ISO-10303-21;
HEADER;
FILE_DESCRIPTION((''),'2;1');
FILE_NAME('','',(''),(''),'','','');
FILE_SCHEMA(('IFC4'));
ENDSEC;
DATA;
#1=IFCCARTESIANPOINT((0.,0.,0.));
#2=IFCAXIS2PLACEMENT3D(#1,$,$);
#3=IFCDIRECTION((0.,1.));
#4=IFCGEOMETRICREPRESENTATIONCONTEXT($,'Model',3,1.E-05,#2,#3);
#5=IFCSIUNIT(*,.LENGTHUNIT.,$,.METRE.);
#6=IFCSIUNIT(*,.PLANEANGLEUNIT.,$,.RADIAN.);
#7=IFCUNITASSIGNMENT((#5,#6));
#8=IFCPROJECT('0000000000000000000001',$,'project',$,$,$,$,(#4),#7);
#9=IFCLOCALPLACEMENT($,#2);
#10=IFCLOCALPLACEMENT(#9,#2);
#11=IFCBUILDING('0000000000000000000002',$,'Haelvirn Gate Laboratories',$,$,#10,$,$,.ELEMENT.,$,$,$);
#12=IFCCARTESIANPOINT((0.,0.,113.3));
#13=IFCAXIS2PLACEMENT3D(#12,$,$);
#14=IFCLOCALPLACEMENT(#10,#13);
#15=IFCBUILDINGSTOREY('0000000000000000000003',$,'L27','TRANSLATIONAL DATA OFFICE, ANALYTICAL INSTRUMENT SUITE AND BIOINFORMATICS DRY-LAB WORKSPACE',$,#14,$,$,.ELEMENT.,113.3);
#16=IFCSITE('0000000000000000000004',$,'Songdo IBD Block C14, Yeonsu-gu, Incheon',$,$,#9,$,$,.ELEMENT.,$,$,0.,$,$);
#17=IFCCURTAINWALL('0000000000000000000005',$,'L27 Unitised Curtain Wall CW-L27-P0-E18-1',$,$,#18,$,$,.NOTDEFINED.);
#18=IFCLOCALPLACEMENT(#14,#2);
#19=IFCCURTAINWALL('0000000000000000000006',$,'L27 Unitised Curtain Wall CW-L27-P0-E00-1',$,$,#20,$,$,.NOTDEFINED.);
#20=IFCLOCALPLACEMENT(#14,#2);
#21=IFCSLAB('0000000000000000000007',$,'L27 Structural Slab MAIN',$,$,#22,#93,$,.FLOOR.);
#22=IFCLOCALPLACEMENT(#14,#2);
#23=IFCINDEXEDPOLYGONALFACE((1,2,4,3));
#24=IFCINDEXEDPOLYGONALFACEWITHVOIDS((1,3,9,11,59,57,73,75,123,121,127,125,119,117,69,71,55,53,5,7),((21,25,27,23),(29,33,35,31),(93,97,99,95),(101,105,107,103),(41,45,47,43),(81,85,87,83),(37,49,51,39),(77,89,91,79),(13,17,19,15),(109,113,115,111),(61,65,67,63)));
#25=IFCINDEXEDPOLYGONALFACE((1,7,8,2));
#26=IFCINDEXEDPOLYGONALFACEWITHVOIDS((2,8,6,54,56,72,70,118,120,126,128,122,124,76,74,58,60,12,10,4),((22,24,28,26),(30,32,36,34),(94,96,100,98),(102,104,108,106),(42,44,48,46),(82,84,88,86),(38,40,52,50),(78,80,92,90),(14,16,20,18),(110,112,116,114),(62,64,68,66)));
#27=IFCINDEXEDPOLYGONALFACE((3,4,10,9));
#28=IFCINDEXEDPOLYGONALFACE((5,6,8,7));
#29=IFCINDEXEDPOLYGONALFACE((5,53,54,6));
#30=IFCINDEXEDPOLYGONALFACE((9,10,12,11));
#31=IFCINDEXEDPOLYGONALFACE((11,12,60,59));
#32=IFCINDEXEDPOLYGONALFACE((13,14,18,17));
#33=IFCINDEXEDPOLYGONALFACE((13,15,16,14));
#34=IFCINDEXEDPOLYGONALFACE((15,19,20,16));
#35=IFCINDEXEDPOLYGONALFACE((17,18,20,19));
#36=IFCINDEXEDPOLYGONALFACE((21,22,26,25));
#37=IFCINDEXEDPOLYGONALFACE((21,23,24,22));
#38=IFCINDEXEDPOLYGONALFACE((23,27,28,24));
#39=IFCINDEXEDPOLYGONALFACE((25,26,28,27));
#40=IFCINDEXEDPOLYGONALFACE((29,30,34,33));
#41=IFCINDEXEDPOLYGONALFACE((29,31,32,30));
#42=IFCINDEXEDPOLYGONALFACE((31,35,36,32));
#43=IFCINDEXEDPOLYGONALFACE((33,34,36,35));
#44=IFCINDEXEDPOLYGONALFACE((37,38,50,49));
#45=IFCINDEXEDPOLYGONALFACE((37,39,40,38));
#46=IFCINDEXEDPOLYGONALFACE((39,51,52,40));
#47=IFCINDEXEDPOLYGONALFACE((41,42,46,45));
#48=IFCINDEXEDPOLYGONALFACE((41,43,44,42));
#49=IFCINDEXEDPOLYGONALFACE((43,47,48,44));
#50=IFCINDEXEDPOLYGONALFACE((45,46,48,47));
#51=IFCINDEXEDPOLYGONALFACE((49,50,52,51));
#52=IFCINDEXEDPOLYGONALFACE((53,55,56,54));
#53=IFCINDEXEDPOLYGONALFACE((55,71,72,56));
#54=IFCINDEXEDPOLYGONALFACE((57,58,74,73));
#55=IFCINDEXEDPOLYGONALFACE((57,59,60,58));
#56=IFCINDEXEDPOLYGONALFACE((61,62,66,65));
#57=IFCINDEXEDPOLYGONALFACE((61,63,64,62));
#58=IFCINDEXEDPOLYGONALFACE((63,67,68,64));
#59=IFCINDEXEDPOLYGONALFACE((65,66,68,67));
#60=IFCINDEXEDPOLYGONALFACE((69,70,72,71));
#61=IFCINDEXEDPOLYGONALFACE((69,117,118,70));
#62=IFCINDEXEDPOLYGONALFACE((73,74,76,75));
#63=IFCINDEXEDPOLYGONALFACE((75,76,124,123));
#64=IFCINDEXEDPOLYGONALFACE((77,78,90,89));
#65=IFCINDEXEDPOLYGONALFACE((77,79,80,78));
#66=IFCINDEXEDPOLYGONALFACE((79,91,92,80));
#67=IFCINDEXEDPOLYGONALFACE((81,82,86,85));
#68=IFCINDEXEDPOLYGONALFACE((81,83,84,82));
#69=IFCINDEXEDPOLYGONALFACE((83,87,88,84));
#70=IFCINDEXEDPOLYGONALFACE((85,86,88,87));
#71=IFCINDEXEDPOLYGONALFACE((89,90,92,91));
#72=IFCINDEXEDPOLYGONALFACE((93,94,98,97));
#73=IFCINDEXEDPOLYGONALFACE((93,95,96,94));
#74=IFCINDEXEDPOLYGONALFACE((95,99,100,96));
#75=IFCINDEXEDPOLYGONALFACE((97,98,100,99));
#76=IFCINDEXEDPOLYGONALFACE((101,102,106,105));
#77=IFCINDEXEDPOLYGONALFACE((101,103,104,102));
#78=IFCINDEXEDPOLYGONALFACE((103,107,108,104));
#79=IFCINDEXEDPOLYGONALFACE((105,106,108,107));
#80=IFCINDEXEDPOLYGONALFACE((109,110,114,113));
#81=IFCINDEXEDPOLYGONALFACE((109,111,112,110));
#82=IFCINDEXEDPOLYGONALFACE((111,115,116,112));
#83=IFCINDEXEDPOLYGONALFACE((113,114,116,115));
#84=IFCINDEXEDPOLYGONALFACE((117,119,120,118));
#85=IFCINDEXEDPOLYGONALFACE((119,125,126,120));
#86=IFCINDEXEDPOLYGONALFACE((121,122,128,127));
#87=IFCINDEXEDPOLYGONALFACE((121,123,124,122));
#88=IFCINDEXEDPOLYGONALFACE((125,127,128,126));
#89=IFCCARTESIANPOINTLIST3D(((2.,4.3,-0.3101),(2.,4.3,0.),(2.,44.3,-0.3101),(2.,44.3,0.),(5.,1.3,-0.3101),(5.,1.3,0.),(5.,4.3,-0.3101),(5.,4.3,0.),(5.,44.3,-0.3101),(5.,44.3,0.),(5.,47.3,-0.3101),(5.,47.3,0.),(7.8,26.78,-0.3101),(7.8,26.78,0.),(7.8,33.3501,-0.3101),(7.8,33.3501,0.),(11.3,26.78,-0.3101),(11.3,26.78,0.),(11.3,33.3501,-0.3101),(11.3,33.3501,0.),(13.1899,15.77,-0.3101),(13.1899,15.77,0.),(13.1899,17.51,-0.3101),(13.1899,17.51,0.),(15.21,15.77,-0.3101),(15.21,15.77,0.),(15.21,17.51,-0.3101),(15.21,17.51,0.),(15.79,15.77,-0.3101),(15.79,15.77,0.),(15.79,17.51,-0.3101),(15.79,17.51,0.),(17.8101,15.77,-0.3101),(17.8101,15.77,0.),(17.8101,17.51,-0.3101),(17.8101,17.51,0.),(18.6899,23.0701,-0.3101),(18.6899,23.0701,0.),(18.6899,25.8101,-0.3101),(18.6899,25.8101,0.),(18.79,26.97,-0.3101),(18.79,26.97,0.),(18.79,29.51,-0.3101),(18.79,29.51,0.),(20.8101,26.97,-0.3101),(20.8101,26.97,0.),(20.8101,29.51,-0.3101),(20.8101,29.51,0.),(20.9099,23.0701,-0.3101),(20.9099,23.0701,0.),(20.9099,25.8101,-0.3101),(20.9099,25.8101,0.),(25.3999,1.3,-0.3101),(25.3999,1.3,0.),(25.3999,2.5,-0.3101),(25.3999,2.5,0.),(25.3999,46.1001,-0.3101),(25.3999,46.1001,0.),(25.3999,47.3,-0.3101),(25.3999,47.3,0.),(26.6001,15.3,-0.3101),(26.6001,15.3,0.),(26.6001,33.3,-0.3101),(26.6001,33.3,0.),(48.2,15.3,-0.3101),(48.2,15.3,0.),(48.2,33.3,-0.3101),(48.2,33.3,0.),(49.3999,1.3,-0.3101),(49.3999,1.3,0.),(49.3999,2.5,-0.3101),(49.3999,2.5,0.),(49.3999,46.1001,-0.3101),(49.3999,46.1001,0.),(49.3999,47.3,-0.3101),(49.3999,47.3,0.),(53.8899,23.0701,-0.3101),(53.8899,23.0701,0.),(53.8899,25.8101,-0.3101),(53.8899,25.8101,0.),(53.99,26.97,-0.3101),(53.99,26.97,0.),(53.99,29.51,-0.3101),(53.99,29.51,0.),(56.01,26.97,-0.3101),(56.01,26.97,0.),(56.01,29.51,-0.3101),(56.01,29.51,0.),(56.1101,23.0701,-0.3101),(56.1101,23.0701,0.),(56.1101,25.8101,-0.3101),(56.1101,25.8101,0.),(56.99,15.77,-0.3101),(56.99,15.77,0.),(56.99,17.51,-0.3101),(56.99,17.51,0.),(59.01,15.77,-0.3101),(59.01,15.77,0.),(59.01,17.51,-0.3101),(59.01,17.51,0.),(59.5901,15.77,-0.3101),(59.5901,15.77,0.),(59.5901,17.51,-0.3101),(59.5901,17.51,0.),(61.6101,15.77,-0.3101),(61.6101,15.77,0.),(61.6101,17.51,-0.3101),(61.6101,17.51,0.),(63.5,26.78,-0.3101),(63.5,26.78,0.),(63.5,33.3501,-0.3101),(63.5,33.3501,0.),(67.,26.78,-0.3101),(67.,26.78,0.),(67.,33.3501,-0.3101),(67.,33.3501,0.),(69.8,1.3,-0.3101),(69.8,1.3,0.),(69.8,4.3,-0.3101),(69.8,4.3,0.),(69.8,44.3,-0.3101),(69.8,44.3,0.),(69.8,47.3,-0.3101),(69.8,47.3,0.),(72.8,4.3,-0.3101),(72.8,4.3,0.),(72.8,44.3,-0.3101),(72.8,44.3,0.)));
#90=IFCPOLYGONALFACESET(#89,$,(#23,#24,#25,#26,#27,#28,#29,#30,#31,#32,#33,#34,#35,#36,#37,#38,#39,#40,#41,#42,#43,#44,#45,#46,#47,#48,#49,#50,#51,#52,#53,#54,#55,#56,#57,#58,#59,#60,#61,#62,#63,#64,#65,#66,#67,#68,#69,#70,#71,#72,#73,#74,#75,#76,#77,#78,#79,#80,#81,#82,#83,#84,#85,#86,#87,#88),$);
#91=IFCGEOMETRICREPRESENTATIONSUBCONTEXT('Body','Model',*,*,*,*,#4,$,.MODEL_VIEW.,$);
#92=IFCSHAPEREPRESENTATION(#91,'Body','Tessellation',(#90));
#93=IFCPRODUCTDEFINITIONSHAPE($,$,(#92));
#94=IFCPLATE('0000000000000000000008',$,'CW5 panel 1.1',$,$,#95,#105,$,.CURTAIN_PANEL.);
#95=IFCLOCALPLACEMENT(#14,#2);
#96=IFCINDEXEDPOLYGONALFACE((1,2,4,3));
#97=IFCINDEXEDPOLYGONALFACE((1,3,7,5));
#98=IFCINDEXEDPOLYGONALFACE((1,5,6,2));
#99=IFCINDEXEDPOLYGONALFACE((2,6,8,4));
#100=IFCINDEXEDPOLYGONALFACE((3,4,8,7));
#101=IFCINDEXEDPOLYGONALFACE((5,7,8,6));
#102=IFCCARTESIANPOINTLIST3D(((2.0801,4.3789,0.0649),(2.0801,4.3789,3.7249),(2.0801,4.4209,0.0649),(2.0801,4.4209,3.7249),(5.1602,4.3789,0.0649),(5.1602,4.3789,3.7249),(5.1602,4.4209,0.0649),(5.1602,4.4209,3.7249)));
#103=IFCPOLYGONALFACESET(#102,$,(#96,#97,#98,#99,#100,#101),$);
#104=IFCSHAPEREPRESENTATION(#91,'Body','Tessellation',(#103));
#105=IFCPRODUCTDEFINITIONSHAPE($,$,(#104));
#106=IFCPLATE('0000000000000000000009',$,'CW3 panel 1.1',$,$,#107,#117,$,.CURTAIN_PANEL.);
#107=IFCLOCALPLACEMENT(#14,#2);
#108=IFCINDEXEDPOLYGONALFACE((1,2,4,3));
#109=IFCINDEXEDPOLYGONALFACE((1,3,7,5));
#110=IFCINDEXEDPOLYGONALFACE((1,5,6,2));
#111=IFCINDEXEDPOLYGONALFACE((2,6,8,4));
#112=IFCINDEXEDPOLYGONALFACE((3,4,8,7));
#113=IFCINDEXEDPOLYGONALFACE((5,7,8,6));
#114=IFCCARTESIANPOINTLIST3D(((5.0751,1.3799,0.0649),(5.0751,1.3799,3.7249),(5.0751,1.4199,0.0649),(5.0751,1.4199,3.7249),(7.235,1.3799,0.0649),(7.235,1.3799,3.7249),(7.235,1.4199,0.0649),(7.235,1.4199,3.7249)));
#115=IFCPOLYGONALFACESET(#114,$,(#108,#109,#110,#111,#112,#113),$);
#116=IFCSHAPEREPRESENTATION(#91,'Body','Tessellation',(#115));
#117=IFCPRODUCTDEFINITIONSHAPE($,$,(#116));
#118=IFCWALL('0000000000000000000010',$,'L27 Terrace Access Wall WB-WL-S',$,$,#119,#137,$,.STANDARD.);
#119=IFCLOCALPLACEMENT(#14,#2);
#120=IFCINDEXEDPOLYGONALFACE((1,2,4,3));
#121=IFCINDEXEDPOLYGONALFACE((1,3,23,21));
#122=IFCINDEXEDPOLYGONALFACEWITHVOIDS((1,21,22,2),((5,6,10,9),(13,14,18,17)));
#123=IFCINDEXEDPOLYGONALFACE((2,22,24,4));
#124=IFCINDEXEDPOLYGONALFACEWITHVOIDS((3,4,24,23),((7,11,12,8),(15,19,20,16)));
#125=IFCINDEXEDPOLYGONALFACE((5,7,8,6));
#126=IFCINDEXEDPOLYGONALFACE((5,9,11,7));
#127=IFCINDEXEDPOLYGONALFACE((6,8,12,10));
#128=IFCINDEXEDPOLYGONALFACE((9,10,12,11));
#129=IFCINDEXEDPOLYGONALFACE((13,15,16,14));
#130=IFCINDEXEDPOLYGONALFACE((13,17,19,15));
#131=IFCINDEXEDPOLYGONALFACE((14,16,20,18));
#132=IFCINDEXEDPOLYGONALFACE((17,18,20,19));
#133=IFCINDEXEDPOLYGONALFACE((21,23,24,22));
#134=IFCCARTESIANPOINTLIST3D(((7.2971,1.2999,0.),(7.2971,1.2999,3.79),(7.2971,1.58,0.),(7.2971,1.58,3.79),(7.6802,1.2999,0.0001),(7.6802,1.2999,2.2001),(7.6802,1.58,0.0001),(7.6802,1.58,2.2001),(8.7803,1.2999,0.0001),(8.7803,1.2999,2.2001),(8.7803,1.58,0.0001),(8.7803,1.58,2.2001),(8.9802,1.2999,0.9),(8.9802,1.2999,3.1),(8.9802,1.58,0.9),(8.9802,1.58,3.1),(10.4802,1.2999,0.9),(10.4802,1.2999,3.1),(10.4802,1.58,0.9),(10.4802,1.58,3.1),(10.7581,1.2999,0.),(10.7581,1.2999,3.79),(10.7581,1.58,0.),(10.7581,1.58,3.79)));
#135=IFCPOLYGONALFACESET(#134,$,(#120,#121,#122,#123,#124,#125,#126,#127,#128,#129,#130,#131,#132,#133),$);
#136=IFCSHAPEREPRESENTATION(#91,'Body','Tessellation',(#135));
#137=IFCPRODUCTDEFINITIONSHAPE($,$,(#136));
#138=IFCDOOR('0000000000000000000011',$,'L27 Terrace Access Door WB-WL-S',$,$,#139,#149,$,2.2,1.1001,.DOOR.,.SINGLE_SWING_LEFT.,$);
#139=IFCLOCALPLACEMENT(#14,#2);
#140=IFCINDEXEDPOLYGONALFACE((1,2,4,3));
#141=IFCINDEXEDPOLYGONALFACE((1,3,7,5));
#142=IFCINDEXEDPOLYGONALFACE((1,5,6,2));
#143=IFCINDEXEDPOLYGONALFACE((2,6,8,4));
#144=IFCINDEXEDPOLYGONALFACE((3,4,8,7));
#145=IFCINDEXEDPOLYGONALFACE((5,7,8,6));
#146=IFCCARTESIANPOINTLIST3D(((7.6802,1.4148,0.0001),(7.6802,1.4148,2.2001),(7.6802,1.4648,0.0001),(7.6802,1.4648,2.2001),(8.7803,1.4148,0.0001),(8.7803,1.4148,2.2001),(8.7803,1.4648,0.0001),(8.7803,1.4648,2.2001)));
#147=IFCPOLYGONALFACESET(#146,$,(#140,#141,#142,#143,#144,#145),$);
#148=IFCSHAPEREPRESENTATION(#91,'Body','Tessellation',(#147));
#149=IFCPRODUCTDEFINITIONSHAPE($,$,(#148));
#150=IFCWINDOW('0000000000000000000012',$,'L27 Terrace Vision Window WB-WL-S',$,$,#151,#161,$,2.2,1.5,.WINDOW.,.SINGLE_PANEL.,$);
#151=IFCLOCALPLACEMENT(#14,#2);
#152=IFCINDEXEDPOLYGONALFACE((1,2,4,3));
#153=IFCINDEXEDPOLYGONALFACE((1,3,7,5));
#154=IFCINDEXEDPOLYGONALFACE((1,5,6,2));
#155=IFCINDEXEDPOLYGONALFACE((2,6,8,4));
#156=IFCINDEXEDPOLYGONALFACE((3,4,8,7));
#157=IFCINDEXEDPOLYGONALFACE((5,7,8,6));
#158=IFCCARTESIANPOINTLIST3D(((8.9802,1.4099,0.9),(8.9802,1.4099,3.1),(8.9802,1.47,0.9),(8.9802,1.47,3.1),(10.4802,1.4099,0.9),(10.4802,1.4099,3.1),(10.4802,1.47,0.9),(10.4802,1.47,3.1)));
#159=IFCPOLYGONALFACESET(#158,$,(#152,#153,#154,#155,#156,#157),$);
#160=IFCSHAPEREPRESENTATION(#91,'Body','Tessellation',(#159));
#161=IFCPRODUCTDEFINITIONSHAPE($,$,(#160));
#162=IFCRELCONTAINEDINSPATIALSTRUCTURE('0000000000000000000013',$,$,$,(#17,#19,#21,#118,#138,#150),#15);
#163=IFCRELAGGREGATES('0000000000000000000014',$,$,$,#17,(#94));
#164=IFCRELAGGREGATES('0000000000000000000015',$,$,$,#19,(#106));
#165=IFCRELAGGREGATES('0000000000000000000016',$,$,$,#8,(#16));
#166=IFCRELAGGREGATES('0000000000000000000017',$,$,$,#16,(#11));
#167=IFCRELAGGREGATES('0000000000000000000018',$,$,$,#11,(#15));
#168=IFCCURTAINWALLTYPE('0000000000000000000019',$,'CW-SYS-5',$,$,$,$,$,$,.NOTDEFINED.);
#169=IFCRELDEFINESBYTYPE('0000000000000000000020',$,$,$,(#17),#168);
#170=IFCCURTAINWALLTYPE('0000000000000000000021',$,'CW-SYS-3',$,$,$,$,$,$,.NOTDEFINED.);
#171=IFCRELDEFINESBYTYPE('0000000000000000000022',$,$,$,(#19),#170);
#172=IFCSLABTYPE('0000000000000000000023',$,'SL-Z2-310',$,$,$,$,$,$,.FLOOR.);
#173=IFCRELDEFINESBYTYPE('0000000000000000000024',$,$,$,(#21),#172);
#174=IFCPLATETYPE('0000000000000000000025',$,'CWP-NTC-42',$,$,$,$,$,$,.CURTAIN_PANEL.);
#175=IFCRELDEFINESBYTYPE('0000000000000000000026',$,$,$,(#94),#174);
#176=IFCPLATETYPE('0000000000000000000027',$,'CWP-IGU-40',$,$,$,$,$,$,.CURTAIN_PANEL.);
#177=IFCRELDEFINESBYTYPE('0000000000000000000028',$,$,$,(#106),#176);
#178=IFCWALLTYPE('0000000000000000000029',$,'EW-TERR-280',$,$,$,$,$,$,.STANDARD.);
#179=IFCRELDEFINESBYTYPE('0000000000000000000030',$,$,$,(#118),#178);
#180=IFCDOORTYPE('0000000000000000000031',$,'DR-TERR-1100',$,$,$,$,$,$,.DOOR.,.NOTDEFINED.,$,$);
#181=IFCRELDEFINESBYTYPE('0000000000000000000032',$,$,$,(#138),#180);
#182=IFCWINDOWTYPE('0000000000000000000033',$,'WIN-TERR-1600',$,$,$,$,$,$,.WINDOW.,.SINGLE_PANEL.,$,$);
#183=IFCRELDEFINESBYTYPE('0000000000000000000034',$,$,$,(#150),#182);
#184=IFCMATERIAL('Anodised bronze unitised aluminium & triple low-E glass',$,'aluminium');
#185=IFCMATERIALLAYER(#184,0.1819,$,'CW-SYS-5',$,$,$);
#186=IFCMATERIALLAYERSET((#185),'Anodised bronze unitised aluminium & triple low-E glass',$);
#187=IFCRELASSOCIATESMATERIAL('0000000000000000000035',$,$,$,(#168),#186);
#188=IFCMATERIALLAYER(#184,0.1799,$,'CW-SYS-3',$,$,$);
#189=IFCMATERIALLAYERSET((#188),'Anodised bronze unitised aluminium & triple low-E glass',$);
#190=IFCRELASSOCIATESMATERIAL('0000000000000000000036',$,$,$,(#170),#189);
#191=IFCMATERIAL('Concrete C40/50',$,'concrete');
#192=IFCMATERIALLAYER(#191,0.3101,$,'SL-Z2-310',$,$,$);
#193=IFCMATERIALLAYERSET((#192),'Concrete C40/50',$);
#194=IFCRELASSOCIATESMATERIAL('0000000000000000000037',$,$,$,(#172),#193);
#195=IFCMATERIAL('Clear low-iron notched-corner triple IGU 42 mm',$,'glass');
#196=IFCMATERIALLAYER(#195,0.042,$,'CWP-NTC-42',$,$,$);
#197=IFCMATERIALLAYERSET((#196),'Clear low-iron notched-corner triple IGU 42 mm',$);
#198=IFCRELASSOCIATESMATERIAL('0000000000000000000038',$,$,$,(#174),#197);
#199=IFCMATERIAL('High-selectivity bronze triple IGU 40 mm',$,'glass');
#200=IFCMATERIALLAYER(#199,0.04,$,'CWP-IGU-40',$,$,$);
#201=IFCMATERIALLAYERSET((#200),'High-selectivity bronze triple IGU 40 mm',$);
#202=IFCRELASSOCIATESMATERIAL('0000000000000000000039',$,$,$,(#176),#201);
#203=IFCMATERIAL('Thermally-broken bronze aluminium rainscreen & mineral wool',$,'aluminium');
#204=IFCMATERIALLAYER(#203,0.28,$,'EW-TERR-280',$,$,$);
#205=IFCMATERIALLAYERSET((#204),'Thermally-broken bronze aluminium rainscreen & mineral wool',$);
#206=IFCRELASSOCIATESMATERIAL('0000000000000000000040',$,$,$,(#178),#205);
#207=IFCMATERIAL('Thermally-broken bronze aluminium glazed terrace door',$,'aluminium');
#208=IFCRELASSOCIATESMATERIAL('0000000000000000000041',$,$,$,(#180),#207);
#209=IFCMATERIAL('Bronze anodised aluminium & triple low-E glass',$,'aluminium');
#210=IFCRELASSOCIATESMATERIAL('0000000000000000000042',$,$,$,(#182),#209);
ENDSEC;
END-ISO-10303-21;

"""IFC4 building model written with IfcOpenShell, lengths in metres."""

from ifc_helpers import new_model, si_unit, direction, frame, frame_2d, origin, origin_2d, place, context, subcontext, project, spatial, polyline, rectangle, outline, extrude, source, transform, mapped, material, layer, layer_set, type_object, type_shapes, element, fill, aggregate, save


model = new_model("IFC4")

# Units and contexts
model_context = context("Model", 3, precision=1e-05, world=origin(), true_north=direction((0.0, 1.0)))
body_context = subcontext(model_context, "Body", "Model", "MODEL_VIEW")
ifc_project = project(units=[si_unit("LENGTHUNIT", "METRE"), si_unit("PLANEANGLEUNIT", "RADIAN")], contexts=[model_context])

# Site, building, storey
site_placement = place(None, origin())
site = spatial("IfcSite", under=ifc_project, at=site_placement, Name="Songdo IBD Block C14, Yeonsu-gu, Incheon", CompositionType="ELEMENT", RefElevation=0.0)
building_placement = place(site_placement, origin())
building = spatial("IfcBuilding", under=site, at=building_placement, Name="Haelvirn Gate Laboratories", CompositionType="ELEMENT")
storey_placement = place(building_placement, frame((0.0, 0.0, 113.3)))
storey = spatial("IfcBuildingStorey", under=building, at=storey_placement, Name="L27", Description="TRANSLATIONAL DATA OFFICE, ANALYTICAL INSTRUMENT SUITE AND BIOINFORMATICS DRY-LAB WORKSPACE", CompositionType="ELEMENT", Elevation=113.3)

# Curtain walls
ifc_material_1 = material(Name="Anodised bronze unitised aluminium & triple low-E glass", Category="aluminium")
ifc_layer_1 = layer(ifc_material_1, 0.1819, Name="CW-SYS-5")
ifc_layer_set_1 = layer_set([ifc_layer_1], Name="Anodised bronze unitised aluminium & triple low-E glass")
curtain_wall_type_1 = type_object("IfcCurtainWallType", Name="CW-SYS-5", PredefinedType="NOTDEFINED", material=ifc_layer_set_1)
curtain_wall_1_placement = place(storey_placement, origin())
curtain_wall_1 = element("IfcCurtainWall", 1, at=curtain_wall_1_placement, inside=storey, type_object=curtain_wall_type_1, Name="L27 Unitised Curtain Wall CW-L27-P0-E18-1", PredefinedType="NOTDEFINED")
ifc_layer_2 = layer(ifc_material_1, 0.1799, Name="CW-SYS-3")
ifc_layer_set_2 = layer_set([ifc_layer_2], Name="Anodised bronze unitised aluminium & triple low-E glass")
curtain_wall_type_2 = type_object("IfcCurtainWallType", Name="CW-SYS-3", PredefinedType="NOTDEFINED", material=ifc_layer_set_2)
curtain_wall_2_placement = place(storey_placement, origin())
curtain_wall_2 = element("IfcCurtainWall", 2, at=curtain_wall_2_placement, inside=storey, type_object=curtain_wall_type_2, Name="L27 Unitised Curtain Wall CW-L27-P0-E00-1", PredefinedType="NOTDEFINED")

# Shared definitions
ifc_material_2 = material(Name="Concrete C40/50", Category="concrete")

# Slab
ifc_layer_3 = layer(ifc_material_2, 0.3101, Name="SL-Z2-310")
ifc_layer_set_3 = layer_set([ifc_layer_3], Name="Concrete C40/50")
slab_type_1 = type_object("IfcSlabType", Name="SL-Z2-310", PredefinedType="FLOOR", material=ifc_layer_set_3)
slab_1_placement = place(storey_placement, frame((0.0, 0.0, -0.3101)))
element("IfcSlab", 3, at=slab_1_placement, inside=storey, type_object=slab_type_1, Name="L27 Structural Slab MAIN", PredefinedType="FLOOR", context=body_context, shape_type="SweptSolid", body=[
    extrude(outline(polyline([(5.0, 1.3), (25.3999, 1.3), (25.3999, 2.5), (49.3999, 2.5), (49.3999, 1.3), (69.8, 1.3), (69.8, 4.3), (72.8, 4.3), (72.8, 44.3), (69.8, 44.3), (69.8, 47.3), (49.3999, 47.3), (49.3999, 46.1001), (25.3999, 46.1001), (25.3999, 47.3), (5.0, 47.3), (5.0, 44.3), (2.0, 44.3), (2.0, 4.3), (5.0, 4.3), (5.0, 1.3)]), holes=[polyline([(26.6001, 15.3), (48.2, 15.3), (48.2, 33.3), (26.6001, 33.3), (26.6001, 15.3)]), polyline([(11.3, 26.78), (11.3, 33.3501), (7.8, 33.3501), (7.8, 26.78), (11.3, 26.78)]), polyline([(67.0, 26.78), (67.0, 33.3501), (63.5, 33.3501), (63.5, 26.78), (67.0, 26.78)]), polyline([(13.1899, 15.77), (15.21, 15.77), (15.21, 17.51), (13.1899, 17.51), (13.1899, 15.77)]), polyline([(15.79, 15.77), (17.8101, 15.77), (17.8101, 17.51), (15.79, 17.51), (15.79, 15.77)]), polyline([(18.79, 26.97), (20.8101, 26.97), (20.8101, 29.51), (18.79, 29.51), (18.79, 26.97)]), polyline([(18.6899, 23.0701), (20.9099, 23.0701), (20.9099, 25.8101), (18.6899, 25.8101), (18.6899, 23.0701)]), polyline([(59.5901, 15.77), (61.6101, 15.77), (61.6101, 17.51), (59.5901, 17.51), (59.5901, 15.77)]), polyline([(56.99, 15.77), (59.01, 15.77), (59.01, 17.51), (56.99, 17.51), (56.99, 15.77)]), polyline([(53.99, 26.97), (56.01, 26.97), (56.01, 29.51), (53.99, 29.51), (53.99, 26.97)]), polyline([(53.8899, 23.0701), (56.1101, 23.0701), (56.1101, 25.8101), (53.8899, 25.8101), (53.8899, 23.0701)])]), origin(), (0.0, 0.0, 1.0), 0.3101),
])

# Plates
ifc_material_3 = material(Name="Clear low-iron notched-corner triple IGU 42 mm", Category="glass")
ifc_layer_4 = layer(ifc_material_3, 0.042, Name="CWP-NTC-42")
ifc_layer_set_4 = layer_set([ifc_layer_4], Name="Clear low-iron notched-corner triple IGU 42 mm")
plate_type_1 = type_object("IfcPlateType", Name="CWP-NTC-42", PredefinedType="CURTAIN_PANEL", material=ifc_layer_set_4)
shared_shape_1 = source(origin(), body_context, "Body", "SweptSolid", [
    extrude(rectangle(XDim=3.0801, YDim=0.042, at=origin_2d()), origin(), (0.0, 0.0, 1.0), 3.6599),
])
type_shapes(plate_type_1, [shared_shape_1])
plate_1_placement = place(storey_placement, frame((3.6201, 4.3999, 0.0649), z_axis=(0.0, 0.0, 1.0), x_axis=(1.0, 0.0, 0.0)))
plate_1 = element("IfcPlate", 4, at=plate_1_placement, type_object=plate_type_1, Name="CW5 panel 1.1", PredefinedType="CURTAIN_PANEL", context=body_context, shape_type="MappedRepresentation", body=[
    mapped(shared_shape_1, transform((0.0, 0.0, 0.0), scale=1.0)),
])
aggregate(curtain_wall_1, [plate_1])
ifc_material_4 = material(Name="High-selectivity bronze triple IGU 40 mm", Category="glass")
ifc_layer_5 = layer(ifc_material_4, 0.04, Name="CWP-IGU-40")
ifc_layer_set_5 = layer_set([ifc_layer_5], Name="High-selectivity bronze triple IGU 40 mm")
plate_type_2 = type_object("IfcPlateType", Name="CWP-IGU-40", PredefinedType="CURTAIN_PANEL", material=ifc_layer_set_5)
shared_shape_2 = source(origin(), body_context, "Body", "SweptSolid", [
    extrude(rectangle(XDim=2.1599, YDim=0.04, at=origin_2d()), origin(), (0.0, 0.0, 1.0), 3.6599),
])
type_shapes(plate_type_2, [shared_shape_2])
plate_2_placement = place(storey_placement, frame((6.155, 1.3999, 0.0649), z_axis=(0.0, 0.0, 1.0), x_axis=(1.0, 0.0, 0.0)))
plate_2 = element("IfcPlate", 5, at=plate_2_placement, type_object=plate_type_2, Name="CW3 panel 1.1", PredefinedType="CURTAIN_PANEL", context=body_context, shape_type="MappedRepresentation", body=[
    mapped(shared_shape_2, transform((0.0, 0.0, 0.0), scale=1.0)),
])
aggregate(curtain_wall_2, [plate_2])

# Wall, openings, door, window
ifc_material_5 = material(Name="Thermally-broken bronze aluminium rainscreen & mineral wool", Category="aluminium")
ifc_layer_6 = layer(ifc_material_5, 0.28, Name="EW-TERR-280")
ifc_layer_set_6 = layer_set([ifc_layer_6], Name="Thermally-broken bronze aluminium rainscreen & mineral wool")
wall_type = type_object("IfcWallType", Name="EW-TERR-280", PredefinedType="STANDARD", material=ifc_layer_set_6)
wall_1_placement = place(storey_placement, frame((7.2971, 1.4399, 0.0), z_axis=(0.0, 0.0, 1.0), x_axis=(1.0, 0.0, 0.0)))
wall_1 = element("IfcWall", 6, at=wall_1_placement, inside=storey, type_object=wall_type, Name="L27 Terrace Access Wall WB-WL-S", PredefinedType="STANDARD", context=body_context, shape_type="SweptSolid", body=[
    extrude(rectangle(XDim=3.4609, YDim=0.28, at=frame_2d((1.7305, 0.0))), origin(), (0.0, 0.0, 1.0), 3.79),
])
opening_1_placement = place(wall_1_placement, frame((0.3831, 0.0, 0.0)))
opening_1 = element("IfcOpeningElement", 7, at=opening_1_placement, cuts=wall_1, PredefinedType="OPENING", context=body_context, shape_type="SweptSolid", body=[
    extrude(rectangle(XDim=1.1001, YDim=2.2, at=frame_2d((0.55, 1.1001))), frame((0.0, 0.1499, 0.0), z_axis=(0.0, -1.0, 0.0), x_axis=(1.0, 0.0, 0.0)), (0.0, 0.0, 1.0), 0.3),
])
opening_2_placement = place(wall_1_placement, frame((1.6831, 0.0, 0.8999)))
opening_2 = element("IfcOpeningElement", 8, at=opening_2_placement, cuts=wall_1, PredefinedType="OPENING", context=body_context, shape_type="SweptSolid", body=[
    extrude(rectangle(XDim=1.5, YDim=2.2, at=frame_2d((0.75, 1.1001))), frame((0.0, 0.1499, 0.0), z_axis=(0.0, -1.0, 0.0), x_axis=(1.0, 0.0, 0.0)), (0.0, 0.0, 1.0), 0.3),
])
ifc_material_6 = material(Name="Thermally-broken bronze aluminium glazed terrace door", Category="aluminium")
door_type = type_object("IfcDoorType", Name="DR-TERR-1100", OperationType="NOTDEFINED", PredefinedType="DOOR", material=ifc_material_6)
shared_shape_3 = source(origin(), body_context, "Body", "SweptSolid", [
    extrude(rectangle(XDim=1.1001, YDim=2.2, at=frame_2d((0.55, 1.1001))), frame((0.0, 0.0249, 0.0), z_axis=(0.0, -1.0, 0.0), x_axis=(1.0, 0.0, 0.0)), (0.0, 0.0, 1.0), 0.05),
])
type_shapes(door_type, [shared_shape_3])
door_placement = place(opening_1_placement, origin())
door = element("IfcDoor", 9, at=door_placement, inside=storey, type_object=door_type, Name="L27 Terrace Access Door WB-WL-S", OperationType="SINGLE_SWING_LEFT", OverallHeight=2.2, OverallWidth=1.1001, PredefinedType="DOOR", context=body_context, shape_type="MappedRepresentation", body=[
    mapped(shared_shape_3, transform((0.0, 0.0, 0.0), scale=1.0)),
])
fill(opening_1, door)
ifc_material_7 = material(Name="Bronze anodised aluminium & triple low-E glass", Category="aluminium")
window_type = type_object("IfcWindowType", Name="WIN-TERR-1600", PartitioningType="SINGLE_PANEL", PredefinedType="WINDOW", material=ifc_material_7)
shared_shape_4 = source(origin(), body_context, "Body", "SweptSolid", [
    extrude(rectangle(XDim=1.5, YDim=2.2, at=frame_2d((0.75, 1.1001))), frame((0.0, 0.03, 0.0), z_axis=(0.0, -1.0, 0.0), x_axis=(1.0, 0.0, 0.0)), (0.0, 0.0, 1.0), 0.0601),
])
type_shapes(window_type, [shared_shape_4])
window_placement = place(opening_2_placement, origin())
window = element("IfcWindow", 10, at=window_placement, inside=storey, type_object=window_type, Name="L27 Terrace Vision Window WB-WL-S", OverallHeight=2.2, OverallWidth=1.5, PartitioningType="SINGLE_PANEL", PredefinedType="WINDOW", context=body_context, shape_type="MappedRepresentation", body=[
    mapped(shared_shape_4, transform((0.0, 0.0, 0.0), scale=1.0)),
])
fill(opening_2, window)

save(model, "model.ifc")
